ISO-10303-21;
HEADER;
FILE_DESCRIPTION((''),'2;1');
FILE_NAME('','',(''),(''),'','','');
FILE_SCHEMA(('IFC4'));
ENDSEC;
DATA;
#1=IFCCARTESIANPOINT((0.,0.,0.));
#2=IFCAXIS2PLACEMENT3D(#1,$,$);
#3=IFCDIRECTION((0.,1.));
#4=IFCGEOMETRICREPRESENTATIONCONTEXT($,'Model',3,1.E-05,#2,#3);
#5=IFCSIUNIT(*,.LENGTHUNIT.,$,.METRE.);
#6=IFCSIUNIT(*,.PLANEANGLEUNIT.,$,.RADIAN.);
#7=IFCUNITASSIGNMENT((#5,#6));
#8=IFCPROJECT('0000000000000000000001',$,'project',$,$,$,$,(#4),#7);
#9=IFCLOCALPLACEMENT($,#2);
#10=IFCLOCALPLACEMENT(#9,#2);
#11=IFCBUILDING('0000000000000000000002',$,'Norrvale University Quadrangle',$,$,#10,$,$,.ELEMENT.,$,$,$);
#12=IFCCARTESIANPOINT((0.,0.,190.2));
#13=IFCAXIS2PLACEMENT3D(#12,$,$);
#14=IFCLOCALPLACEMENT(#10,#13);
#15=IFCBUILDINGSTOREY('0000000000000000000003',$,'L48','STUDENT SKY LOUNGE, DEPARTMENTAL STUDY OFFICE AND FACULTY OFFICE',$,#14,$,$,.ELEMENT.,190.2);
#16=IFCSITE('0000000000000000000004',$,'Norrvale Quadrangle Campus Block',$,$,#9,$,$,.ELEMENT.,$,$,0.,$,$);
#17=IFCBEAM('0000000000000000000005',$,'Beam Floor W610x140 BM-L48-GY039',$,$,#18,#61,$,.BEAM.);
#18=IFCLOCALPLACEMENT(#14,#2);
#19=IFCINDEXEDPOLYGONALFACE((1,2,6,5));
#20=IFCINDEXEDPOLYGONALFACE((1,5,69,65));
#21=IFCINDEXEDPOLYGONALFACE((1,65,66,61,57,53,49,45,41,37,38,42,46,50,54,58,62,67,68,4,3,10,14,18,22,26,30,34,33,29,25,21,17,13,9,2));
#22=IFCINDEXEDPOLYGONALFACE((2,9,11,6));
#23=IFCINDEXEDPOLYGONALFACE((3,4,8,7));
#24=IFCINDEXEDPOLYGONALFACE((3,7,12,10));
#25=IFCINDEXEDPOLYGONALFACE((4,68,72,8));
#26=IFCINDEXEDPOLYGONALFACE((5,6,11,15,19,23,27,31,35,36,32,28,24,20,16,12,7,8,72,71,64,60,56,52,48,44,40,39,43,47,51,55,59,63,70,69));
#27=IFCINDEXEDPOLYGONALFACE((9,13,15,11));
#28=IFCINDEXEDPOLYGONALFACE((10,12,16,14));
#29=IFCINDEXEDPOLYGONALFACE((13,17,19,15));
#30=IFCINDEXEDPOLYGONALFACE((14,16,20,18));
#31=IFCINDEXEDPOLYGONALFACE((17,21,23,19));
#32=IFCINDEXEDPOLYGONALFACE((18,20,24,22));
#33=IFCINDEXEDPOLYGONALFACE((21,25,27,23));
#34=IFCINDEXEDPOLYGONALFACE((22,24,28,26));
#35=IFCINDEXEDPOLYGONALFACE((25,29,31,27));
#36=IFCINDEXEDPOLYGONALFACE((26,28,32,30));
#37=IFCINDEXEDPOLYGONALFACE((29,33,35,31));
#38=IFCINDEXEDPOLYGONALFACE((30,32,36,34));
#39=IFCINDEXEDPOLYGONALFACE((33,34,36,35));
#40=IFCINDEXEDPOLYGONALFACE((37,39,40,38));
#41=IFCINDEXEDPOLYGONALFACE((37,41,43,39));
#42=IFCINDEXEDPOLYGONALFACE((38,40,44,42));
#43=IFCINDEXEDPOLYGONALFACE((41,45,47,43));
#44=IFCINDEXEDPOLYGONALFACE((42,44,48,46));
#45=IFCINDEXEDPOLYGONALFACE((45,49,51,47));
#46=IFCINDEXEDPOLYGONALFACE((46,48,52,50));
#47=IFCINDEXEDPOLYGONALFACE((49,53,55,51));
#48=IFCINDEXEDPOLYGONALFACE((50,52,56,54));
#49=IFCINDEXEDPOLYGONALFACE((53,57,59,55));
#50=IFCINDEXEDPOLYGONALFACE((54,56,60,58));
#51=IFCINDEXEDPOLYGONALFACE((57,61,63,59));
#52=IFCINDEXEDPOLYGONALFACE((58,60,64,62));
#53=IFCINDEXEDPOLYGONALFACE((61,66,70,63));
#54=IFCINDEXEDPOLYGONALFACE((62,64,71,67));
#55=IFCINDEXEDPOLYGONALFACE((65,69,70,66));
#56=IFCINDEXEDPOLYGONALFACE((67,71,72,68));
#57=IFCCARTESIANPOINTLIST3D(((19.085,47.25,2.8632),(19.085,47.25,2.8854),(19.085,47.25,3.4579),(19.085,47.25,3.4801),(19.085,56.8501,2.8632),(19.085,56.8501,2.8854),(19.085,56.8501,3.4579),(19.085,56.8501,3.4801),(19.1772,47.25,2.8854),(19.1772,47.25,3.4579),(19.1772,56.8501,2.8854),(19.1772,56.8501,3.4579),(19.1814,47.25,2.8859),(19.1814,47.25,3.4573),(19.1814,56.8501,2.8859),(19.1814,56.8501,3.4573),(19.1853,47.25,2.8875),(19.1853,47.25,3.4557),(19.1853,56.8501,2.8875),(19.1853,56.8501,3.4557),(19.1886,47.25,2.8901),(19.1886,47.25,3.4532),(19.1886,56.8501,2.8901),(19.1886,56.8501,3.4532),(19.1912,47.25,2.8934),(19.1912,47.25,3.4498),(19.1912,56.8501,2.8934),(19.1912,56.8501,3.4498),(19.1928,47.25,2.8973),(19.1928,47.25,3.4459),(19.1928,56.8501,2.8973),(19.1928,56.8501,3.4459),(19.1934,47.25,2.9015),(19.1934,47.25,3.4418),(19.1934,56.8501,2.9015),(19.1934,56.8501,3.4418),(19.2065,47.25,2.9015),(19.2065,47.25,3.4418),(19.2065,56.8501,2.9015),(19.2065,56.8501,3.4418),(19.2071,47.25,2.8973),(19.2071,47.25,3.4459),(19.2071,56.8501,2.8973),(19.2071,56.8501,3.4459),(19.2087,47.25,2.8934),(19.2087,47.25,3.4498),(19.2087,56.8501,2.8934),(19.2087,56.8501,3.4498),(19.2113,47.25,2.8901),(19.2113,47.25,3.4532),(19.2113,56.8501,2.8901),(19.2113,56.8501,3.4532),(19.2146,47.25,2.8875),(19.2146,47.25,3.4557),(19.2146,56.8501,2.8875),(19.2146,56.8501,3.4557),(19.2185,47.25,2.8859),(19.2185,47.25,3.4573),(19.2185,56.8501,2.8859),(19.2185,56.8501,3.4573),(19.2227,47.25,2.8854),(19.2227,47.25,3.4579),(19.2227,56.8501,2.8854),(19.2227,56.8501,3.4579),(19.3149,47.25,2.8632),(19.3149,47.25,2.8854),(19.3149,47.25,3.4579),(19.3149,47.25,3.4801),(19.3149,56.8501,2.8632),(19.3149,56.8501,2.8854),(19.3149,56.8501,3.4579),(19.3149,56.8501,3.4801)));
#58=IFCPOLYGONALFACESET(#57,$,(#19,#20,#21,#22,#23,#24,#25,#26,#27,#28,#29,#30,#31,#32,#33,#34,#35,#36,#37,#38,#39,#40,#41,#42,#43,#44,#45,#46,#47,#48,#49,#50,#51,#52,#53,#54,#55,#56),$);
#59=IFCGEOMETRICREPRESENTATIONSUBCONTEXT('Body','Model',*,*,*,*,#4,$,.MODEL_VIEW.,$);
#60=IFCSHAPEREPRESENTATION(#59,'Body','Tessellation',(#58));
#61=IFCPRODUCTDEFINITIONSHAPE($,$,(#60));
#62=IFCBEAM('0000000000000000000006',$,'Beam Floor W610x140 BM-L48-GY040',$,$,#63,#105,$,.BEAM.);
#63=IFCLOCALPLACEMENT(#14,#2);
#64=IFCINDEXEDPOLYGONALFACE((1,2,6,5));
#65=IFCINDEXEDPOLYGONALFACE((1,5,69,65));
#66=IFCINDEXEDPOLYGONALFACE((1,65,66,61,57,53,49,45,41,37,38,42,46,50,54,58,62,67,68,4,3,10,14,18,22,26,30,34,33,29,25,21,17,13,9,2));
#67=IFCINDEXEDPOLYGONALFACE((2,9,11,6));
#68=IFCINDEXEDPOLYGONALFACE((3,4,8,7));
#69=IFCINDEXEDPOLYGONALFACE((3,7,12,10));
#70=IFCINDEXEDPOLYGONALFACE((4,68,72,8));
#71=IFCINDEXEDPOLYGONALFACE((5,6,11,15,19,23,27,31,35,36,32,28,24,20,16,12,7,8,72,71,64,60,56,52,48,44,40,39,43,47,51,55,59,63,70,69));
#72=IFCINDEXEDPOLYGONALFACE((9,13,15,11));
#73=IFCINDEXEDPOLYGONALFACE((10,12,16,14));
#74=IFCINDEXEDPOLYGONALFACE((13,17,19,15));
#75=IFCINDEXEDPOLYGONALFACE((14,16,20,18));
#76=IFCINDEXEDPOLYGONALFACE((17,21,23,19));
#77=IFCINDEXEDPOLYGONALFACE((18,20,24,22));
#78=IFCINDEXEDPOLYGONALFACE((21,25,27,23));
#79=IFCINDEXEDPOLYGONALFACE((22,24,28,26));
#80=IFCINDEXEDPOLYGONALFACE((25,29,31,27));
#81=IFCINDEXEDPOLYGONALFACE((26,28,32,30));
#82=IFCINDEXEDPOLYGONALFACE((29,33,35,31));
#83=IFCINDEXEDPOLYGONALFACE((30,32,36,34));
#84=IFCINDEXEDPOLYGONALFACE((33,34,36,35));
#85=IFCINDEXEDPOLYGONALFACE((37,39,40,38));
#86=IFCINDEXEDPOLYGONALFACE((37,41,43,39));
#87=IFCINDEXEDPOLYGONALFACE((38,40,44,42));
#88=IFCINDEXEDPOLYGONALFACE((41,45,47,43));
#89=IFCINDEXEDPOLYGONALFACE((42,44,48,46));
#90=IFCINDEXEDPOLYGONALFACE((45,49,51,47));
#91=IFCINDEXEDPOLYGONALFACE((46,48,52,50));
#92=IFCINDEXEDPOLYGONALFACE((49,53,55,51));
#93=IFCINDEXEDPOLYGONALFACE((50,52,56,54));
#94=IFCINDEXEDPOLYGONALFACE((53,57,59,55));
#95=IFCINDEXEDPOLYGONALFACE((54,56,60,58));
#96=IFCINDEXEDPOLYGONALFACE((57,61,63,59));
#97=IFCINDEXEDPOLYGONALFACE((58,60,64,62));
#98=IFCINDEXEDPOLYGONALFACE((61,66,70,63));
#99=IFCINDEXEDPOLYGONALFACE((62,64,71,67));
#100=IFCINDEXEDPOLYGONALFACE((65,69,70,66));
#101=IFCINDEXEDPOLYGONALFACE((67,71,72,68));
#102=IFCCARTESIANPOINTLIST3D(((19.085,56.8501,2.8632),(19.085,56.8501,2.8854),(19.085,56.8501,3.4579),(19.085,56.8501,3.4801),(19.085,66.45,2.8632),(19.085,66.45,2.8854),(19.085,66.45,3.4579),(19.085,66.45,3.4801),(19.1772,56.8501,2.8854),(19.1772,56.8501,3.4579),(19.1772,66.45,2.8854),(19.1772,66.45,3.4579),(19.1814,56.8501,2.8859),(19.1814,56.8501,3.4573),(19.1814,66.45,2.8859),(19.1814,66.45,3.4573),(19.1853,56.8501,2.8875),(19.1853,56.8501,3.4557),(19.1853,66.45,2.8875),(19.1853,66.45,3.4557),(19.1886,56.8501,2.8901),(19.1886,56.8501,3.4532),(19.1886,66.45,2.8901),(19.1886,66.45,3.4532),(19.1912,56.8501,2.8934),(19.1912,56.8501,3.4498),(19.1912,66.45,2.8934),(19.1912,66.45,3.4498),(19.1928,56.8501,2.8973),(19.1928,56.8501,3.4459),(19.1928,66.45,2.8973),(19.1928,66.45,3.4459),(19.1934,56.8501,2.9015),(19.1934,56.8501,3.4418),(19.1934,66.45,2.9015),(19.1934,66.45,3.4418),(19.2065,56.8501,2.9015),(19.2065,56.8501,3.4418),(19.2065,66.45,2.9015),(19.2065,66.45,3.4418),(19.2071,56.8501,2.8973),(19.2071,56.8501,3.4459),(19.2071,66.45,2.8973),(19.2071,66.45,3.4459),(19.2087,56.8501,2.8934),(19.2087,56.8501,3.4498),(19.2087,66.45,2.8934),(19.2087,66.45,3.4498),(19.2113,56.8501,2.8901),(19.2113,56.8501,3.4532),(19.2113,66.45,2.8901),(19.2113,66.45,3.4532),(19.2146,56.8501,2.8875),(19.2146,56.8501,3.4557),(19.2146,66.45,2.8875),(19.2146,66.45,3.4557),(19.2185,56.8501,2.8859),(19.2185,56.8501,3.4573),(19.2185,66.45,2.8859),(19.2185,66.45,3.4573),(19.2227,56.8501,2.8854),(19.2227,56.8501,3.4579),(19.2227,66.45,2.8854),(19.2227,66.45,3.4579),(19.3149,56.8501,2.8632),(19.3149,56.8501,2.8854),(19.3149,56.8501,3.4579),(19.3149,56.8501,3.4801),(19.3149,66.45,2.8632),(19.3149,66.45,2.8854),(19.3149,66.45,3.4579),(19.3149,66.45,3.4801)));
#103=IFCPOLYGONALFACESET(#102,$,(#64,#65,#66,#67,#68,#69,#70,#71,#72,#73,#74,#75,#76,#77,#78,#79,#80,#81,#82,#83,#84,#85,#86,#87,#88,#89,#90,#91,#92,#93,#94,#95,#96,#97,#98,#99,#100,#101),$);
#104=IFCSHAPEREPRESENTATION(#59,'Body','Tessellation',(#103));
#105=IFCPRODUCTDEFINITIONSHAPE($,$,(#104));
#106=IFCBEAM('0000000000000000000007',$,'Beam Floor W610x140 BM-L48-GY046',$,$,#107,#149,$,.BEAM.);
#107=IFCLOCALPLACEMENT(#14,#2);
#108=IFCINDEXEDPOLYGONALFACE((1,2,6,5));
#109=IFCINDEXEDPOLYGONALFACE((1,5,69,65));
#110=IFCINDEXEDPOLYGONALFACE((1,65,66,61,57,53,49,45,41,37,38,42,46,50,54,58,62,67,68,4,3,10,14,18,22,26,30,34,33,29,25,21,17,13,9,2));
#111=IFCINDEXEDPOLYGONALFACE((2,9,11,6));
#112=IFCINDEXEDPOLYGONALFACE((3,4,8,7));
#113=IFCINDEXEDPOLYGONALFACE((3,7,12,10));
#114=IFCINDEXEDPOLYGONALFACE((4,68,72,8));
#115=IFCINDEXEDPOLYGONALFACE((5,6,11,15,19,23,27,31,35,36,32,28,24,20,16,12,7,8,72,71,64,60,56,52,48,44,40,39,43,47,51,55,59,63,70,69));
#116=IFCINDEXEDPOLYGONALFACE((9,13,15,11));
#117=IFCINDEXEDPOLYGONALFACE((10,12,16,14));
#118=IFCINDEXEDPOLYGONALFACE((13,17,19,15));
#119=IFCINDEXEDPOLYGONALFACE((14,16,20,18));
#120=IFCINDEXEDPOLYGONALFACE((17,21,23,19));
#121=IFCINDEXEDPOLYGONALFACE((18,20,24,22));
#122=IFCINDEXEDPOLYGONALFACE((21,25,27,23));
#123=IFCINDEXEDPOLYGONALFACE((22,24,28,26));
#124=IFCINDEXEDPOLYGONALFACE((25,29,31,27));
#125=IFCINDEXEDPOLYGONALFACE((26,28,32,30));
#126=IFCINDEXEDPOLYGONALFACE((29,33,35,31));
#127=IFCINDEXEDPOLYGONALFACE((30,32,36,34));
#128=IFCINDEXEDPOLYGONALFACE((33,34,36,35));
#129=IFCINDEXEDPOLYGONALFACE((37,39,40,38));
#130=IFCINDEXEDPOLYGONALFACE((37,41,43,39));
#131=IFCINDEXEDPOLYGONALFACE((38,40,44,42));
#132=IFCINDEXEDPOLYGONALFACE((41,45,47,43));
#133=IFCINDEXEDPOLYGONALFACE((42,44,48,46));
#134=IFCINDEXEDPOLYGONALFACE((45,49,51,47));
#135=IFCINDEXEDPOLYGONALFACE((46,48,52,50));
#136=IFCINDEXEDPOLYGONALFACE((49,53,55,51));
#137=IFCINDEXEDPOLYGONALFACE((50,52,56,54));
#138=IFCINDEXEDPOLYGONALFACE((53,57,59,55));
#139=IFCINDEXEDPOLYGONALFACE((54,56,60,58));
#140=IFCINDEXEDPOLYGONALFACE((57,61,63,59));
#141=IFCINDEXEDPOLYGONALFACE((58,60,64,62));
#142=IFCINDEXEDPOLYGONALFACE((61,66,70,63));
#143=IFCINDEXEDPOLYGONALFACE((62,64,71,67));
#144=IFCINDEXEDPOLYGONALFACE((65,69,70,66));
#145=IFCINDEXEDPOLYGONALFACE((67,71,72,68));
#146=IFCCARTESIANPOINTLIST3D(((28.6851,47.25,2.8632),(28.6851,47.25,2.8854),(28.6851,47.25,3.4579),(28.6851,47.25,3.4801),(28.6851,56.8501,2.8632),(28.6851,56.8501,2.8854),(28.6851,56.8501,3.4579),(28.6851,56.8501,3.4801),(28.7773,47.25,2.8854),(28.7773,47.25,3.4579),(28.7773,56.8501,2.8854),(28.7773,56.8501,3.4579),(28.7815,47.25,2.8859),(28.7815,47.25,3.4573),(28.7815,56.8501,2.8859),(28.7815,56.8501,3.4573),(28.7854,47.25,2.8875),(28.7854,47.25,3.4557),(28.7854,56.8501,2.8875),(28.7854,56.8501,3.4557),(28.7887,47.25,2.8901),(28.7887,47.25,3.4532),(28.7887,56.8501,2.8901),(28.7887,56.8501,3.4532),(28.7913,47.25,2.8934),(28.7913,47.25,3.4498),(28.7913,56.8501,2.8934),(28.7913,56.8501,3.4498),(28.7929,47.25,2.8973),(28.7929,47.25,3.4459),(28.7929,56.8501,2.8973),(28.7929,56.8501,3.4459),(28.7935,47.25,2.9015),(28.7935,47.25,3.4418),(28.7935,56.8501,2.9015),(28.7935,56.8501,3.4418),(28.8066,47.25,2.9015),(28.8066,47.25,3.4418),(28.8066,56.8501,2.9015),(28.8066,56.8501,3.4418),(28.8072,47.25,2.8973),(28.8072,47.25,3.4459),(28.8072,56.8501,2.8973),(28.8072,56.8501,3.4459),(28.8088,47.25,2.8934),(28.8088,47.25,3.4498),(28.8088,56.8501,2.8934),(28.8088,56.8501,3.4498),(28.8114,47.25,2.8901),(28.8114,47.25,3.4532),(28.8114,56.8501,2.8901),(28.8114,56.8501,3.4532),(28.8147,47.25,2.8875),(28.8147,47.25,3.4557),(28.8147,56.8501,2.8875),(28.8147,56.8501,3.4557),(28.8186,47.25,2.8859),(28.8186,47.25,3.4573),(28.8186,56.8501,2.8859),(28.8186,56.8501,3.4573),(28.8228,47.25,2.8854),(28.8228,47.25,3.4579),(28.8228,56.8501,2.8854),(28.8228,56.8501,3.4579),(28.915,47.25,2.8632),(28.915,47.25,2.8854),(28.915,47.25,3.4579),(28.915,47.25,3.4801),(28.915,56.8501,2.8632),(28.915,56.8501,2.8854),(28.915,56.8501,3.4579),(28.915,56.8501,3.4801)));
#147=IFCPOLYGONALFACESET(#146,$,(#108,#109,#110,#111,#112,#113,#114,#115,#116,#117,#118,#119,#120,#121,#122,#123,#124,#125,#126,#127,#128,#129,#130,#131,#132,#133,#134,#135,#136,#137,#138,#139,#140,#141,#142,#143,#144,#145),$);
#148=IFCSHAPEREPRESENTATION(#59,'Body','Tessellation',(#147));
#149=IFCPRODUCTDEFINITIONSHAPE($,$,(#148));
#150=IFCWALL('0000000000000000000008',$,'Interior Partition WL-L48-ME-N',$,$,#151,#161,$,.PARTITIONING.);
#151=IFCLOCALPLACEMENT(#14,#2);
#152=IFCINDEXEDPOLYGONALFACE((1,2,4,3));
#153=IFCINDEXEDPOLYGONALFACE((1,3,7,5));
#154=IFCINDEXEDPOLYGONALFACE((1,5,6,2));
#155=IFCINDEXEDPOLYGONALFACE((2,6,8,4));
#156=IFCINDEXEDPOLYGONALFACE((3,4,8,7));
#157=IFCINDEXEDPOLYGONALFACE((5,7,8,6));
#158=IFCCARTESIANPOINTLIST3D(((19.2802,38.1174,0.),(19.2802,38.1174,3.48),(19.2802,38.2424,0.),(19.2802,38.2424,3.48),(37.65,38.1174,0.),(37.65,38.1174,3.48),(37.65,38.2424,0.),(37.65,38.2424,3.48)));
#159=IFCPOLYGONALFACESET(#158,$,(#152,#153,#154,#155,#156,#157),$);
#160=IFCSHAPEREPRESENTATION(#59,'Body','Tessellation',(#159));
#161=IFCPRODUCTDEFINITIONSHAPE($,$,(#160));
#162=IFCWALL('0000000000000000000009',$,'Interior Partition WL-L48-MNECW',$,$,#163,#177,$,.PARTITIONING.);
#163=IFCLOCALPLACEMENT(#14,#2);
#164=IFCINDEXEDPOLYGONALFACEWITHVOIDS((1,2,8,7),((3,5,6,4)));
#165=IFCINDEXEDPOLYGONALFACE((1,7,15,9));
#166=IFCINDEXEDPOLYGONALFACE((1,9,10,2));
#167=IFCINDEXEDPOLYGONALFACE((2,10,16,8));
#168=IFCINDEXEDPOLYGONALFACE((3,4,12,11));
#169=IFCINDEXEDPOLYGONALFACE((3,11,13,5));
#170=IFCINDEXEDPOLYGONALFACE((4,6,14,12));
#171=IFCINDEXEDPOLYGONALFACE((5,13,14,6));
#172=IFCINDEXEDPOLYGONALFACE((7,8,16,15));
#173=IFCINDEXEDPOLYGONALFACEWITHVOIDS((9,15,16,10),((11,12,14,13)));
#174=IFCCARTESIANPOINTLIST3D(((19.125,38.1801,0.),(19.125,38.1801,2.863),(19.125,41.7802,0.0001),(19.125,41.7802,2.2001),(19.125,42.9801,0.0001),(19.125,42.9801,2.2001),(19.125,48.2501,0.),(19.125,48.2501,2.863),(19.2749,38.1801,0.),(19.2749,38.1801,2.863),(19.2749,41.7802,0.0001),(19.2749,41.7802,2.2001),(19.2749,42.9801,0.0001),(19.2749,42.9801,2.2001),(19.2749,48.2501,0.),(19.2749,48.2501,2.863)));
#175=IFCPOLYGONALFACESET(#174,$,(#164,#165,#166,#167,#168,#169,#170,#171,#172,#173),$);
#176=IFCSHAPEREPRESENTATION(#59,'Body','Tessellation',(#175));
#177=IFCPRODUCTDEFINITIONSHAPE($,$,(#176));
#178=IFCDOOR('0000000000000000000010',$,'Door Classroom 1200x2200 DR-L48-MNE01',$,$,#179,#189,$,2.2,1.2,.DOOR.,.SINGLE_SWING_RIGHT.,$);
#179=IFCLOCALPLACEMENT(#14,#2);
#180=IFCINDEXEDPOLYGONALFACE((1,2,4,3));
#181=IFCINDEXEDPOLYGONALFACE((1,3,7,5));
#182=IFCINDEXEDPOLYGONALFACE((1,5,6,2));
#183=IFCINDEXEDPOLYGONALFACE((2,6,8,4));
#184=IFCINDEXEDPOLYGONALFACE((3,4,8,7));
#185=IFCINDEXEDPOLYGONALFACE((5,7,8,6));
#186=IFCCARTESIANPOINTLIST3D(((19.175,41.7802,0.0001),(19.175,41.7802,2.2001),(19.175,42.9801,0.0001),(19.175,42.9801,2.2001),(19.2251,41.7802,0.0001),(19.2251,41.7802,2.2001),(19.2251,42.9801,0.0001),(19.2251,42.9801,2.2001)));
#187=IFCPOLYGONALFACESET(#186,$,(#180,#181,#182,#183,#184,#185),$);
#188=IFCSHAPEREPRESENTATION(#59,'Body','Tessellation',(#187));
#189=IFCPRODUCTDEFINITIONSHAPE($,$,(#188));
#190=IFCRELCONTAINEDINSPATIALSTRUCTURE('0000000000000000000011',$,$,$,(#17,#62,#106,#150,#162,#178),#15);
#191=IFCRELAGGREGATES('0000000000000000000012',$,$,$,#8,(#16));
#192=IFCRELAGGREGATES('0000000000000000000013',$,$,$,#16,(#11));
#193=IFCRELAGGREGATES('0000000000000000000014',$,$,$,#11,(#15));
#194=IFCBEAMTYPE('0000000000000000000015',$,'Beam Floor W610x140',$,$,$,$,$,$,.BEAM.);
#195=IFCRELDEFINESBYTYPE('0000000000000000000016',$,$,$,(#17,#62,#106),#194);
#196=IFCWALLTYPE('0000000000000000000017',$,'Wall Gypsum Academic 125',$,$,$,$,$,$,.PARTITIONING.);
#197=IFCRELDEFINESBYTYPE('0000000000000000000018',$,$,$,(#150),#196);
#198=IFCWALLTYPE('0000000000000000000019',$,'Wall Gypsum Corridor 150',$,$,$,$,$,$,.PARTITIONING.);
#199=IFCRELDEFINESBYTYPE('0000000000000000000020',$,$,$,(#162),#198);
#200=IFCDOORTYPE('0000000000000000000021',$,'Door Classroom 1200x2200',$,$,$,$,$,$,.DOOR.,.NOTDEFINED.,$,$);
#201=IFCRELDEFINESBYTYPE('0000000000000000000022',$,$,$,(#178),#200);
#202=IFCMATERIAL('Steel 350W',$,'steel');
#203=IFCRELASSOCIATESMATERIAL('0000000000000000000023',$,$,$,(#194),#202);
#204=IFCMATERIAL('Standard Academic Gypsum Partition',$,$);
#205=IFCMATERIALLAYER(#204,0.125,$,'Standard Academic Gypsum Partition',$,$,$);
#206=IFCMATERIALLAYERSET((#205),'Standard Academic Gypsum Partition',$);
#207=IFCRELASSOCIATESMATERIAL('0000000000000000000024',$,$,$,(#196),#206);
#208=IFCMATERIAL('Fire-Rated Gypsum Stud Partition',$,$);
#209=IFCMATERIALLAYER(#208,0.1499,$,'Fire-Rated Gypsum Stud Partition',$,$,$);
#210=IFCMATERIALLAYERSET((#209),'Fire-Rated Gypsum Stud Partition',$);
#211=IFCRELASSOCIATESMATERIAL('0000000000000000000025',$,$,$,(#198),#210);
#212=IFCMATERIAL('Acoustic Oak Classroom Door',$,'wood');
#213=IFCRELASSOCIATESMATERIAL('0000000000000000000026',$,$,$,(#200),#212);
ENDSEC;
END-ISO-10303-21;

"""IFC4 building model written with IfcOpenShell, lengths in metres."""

from ifc_helpers import new_model, si_unit, direction, frame, frame_2d, origin, origin_2d, place, context, subcontext, project, spatial, rectangle, i_section, extrude, material, layer, layer_set, material_profile, profile_set, type_object, element, fill, save


model = new_model("IFC4")

# Units and contexts
model_context = context("Model", 3, precision=1e-05, world=origin(), true_north=direction((0.0, 1.0)))
body_context = subcontext(model_context, "Body", "Model", "MODEL_VIEW")
ifc_project = project(units=[si_unit("LENGTHUNIT", "METRE"), si_unit("PLANEANGLEUNIT", "RADIAN")], contexts=[model_context])

# Site, building, storey
site_placement = place(None, origin())
site = spatial("IfcSite", under=ifc_project, at=site_placement, Name="Norrvale Quadrangle Campus Block", CompositionType="ELEMENT", RefElevation=0.0)
building_placement = place(site_placement, origin())
building = spatial("IfcBuilding", under=site, at=building_placement, Name="Norrvale University Quadrangle", CompositionType="ELEMENT")
storey_placement = place(building_placement, frame((0.0, 0.0, 190.2)))
storey = spatial("IfcBuildingStorey", under=building, at=storey_placement, Name="L48", Description="STUDENT SKY LOUNGE, DEPARTMENTAL STUDY OFFICE AND FACULTY OFFICE", CompositionType="ELEMENT", Elevation=190.2)

# Beams
ifc_material_1 = material(Name="Steel 350W", Category="steel")
ifc_material_profile_1 = material_profile(ifc_material_1, i_section(OverallWidth=0.23, OverallDepth=0.6169, WebThickness=0.0132, FlangeThickness=0.0222, FilletRadius=0.0161, at=origin_2d()), Name="Steel 350W")
ifc_profile_set_1 = profile_set([ifc_material_profile_1], Name="Steel 350W")
beam_type_1 = type_object("IfcBeamType", Name="Beam Floor W610x140", PredefinedType="BEAM", material=ifc_profile_set_1)
for number, where, z_axis, x_axis, name in (
    (1, (19.2, 47.25, 3.1716), (0.0, 1.0, 0.0), (-1.0, 0.0, 0.0), "Beam Floor W610x140 BM-L48-GY039"),
):
    element("IfcBeam", number, at=place(storey_placement, frame(where, z_axis=z_axis, x_axis=x_axis)), inside=storey, type_object=beam_type_1, Name=name, PredefinedType="BEAM", context=body_context, shape_type="SweptSolid", body=[
        extrude(i_section(OverallWidth=0.23, OverallDepth=0.6169, WebThickness=0.0132, FlangeThickness=0.0222, FilletRadius=0.0161, at=origin_2d()), origin(), (0.0, 0.0, 1.0), 9.6001),
    ])
beam_1_placement = place(storey_placement, frame((19.2, 56.8501, 3.1716), z_axis=(0.0, 1.0, 0.0), x_axis=(-1.0, 0.0, 0.0)))
element("IfcBeam", 2, at=beam_1_placement, inside=storey, type_object=beam_type_1, Name="Beam Floor W610x140 BM-L48-GY040", PredefinedType="BEAM", context=body_context, shape_type="SweptSolid", body=[
    extrude(i_section(OverallWidth=0.23, OverallDepth=0.6169, WebThickness=0.0132, FlangeThickness=0.0222, FilletRadius=0.0161, at=origin_2d()), origin(), (0.0, 0.0, 1.0), 9.5999),
])
beam_2_placement = place(storey_placement, frame((28.8, 47.25, 3.1716), z_axis=(0.0, 1.0, 0.0), x_axis=(-1.0, 0.0, 0.0)))
element("IfcBeam", 3, at=beam_2_placement, inside=storey, type_object=beam_type_1, Name="Beam Floor W610x140 BM-L48-GY046", PredefinedType="BEAM", context=body_context, shape_type="SweptSolid", body=[
    extrude(i_section(OverallWidth=0.23, OverallDepth=0.6169, WebThickness=0.0132, FlangeThickness=0.0222, FilletRadius=0.0161, at=origin_2d()), origin(), (0.0, 0.0, 1.0), 9.6001),
])

# Wall
ifc_material_2 = material(Name="Standard Academic Gypsum Partition")
ifc_layer_1 = layer(ifc_material_2, 0.125, Name="Standard Academic Gypsum Partition")
ifc_layer_set_1 = layer_set([ifc_layer_1], Name="Standard Academic Gypsum Partition")
wall_type_1 = type_object("IfcWallType", Name="Wall Gypsum Academic 125", PredefinedType="PARTITIONING", material=ifc_layer_set_1)
wall_1_placement = place(storey_placement, frame((19.28, 38.1799, 0.0), z_axis=(0.0, 0.0, 1.0), x_axis=(1.0, 0.0, 0.0)))
element("IfcWall", 4, at=wall_1_placement, inside=storey, type_object=wall_type_1, Name="Interior Partition WL-L48-ME-N", PredefinedType="PARTITIONING", context=body_context, shape_type="SweptSolid", body=[
    extrude(rectangle(XDim=18.3699, YDim=0.125, at=frame_2d((9.1851, 0.0))), origin(), (0.0, 0.0, 1.0), 3.48),
])

# Wall, opening, door
ifc_material_3 = material(Name="Fire-Rated Gypsum Stud Partition")
ifc_layer_2 = layer(ifc_material_3, 0.1499, Name="Fire-Rated Gypsum Stud Partition")
ifc_layer_set_2 = layer_set([ifc_layer_2], Name="Fire-Rated Gypsum Stud Partition")
wall_type_2 = type_object("IfcWallType", Name="Wall Gypsum Corridor 150", PredefinedType="PARTITIONING", material=ifc_layer_set_2)
wall_2_placement = place(storey_placement, frame((19.2, 38.1799, 0.0), z_axis=(0.0, 0.0, 1.0), x_axis=(0.0, 1.0, 0.0)))
wall_2 = element("IfcWall", 5, at=wall_2_placement, inside=storey, type_object=wall_type_2, Name="Interior Partition WL-L48-MNECW", PredefinedType="PARTITIONING", context=body_context, shape_type="SweptSolid", body=[
    extrude(rectangle(XDim=10.0701, YDim=0.1499, at=frame_2d((5.0352, 0.0))), origin(), (0.0, 0.0, 1.0), 2.863),
])
opening_placement = place(wall_2_placement, frame((3.6001, 0.0, 0.0)))
opening = element("IfcOpeningElement", 6, at=opening_placement, cuts=wall_2, PredefinedType="OPENING", context=body_context, shape_type="SweptSolid", body=[
    extrude(rectangle(XDim=1.2, YDim=2.2, at=frame_2d((0.6001, 1.1001))), frame((0.0, 0.0869, 0.0), z_axis=(0.0, -1.0, 0.0), x_axis=(1.0, 0.0, 0.0)), (0.0, 0.0, 1.0), 0.1738),
])
ifc_material_4 = material(Name="Acoustic Oak Classroom Door", Category="wood")
door_type = type_object("IfcDoorType", Name="Door Classroom 1200x2200", OperationType="NOTDEFINED", PredefinedType="DOOR", material=ifc_material_4)
door_placement = place(opening_placement, origin())
door = element("IfcDoor", 7, at=door_placement, inside=storey, type_object=door_type, Name="Door Classroom 1200x2200 DR-L48-MNE01", OperationType="SINGLE_SWING_RIGHT", OverallHeight=2.2, OverallWidth=1.2, PredefinedType="DOOR", context=body_context, shape_type="SweptSolid", body=[
    extrude(rectangle(XDim=1.2, YDim=2.2, at=frame_2d((0.6001, 1.1001))), frame((0.0, 0.0249, 0.0), z_axis=(0.0, -1.0, 0.0), x_axis=(1.0, 0.0, 0.0)), (0.0, 0.0, 1.0), 0.05),
])
fill(opening, door)

save(model, "model.ifc")
